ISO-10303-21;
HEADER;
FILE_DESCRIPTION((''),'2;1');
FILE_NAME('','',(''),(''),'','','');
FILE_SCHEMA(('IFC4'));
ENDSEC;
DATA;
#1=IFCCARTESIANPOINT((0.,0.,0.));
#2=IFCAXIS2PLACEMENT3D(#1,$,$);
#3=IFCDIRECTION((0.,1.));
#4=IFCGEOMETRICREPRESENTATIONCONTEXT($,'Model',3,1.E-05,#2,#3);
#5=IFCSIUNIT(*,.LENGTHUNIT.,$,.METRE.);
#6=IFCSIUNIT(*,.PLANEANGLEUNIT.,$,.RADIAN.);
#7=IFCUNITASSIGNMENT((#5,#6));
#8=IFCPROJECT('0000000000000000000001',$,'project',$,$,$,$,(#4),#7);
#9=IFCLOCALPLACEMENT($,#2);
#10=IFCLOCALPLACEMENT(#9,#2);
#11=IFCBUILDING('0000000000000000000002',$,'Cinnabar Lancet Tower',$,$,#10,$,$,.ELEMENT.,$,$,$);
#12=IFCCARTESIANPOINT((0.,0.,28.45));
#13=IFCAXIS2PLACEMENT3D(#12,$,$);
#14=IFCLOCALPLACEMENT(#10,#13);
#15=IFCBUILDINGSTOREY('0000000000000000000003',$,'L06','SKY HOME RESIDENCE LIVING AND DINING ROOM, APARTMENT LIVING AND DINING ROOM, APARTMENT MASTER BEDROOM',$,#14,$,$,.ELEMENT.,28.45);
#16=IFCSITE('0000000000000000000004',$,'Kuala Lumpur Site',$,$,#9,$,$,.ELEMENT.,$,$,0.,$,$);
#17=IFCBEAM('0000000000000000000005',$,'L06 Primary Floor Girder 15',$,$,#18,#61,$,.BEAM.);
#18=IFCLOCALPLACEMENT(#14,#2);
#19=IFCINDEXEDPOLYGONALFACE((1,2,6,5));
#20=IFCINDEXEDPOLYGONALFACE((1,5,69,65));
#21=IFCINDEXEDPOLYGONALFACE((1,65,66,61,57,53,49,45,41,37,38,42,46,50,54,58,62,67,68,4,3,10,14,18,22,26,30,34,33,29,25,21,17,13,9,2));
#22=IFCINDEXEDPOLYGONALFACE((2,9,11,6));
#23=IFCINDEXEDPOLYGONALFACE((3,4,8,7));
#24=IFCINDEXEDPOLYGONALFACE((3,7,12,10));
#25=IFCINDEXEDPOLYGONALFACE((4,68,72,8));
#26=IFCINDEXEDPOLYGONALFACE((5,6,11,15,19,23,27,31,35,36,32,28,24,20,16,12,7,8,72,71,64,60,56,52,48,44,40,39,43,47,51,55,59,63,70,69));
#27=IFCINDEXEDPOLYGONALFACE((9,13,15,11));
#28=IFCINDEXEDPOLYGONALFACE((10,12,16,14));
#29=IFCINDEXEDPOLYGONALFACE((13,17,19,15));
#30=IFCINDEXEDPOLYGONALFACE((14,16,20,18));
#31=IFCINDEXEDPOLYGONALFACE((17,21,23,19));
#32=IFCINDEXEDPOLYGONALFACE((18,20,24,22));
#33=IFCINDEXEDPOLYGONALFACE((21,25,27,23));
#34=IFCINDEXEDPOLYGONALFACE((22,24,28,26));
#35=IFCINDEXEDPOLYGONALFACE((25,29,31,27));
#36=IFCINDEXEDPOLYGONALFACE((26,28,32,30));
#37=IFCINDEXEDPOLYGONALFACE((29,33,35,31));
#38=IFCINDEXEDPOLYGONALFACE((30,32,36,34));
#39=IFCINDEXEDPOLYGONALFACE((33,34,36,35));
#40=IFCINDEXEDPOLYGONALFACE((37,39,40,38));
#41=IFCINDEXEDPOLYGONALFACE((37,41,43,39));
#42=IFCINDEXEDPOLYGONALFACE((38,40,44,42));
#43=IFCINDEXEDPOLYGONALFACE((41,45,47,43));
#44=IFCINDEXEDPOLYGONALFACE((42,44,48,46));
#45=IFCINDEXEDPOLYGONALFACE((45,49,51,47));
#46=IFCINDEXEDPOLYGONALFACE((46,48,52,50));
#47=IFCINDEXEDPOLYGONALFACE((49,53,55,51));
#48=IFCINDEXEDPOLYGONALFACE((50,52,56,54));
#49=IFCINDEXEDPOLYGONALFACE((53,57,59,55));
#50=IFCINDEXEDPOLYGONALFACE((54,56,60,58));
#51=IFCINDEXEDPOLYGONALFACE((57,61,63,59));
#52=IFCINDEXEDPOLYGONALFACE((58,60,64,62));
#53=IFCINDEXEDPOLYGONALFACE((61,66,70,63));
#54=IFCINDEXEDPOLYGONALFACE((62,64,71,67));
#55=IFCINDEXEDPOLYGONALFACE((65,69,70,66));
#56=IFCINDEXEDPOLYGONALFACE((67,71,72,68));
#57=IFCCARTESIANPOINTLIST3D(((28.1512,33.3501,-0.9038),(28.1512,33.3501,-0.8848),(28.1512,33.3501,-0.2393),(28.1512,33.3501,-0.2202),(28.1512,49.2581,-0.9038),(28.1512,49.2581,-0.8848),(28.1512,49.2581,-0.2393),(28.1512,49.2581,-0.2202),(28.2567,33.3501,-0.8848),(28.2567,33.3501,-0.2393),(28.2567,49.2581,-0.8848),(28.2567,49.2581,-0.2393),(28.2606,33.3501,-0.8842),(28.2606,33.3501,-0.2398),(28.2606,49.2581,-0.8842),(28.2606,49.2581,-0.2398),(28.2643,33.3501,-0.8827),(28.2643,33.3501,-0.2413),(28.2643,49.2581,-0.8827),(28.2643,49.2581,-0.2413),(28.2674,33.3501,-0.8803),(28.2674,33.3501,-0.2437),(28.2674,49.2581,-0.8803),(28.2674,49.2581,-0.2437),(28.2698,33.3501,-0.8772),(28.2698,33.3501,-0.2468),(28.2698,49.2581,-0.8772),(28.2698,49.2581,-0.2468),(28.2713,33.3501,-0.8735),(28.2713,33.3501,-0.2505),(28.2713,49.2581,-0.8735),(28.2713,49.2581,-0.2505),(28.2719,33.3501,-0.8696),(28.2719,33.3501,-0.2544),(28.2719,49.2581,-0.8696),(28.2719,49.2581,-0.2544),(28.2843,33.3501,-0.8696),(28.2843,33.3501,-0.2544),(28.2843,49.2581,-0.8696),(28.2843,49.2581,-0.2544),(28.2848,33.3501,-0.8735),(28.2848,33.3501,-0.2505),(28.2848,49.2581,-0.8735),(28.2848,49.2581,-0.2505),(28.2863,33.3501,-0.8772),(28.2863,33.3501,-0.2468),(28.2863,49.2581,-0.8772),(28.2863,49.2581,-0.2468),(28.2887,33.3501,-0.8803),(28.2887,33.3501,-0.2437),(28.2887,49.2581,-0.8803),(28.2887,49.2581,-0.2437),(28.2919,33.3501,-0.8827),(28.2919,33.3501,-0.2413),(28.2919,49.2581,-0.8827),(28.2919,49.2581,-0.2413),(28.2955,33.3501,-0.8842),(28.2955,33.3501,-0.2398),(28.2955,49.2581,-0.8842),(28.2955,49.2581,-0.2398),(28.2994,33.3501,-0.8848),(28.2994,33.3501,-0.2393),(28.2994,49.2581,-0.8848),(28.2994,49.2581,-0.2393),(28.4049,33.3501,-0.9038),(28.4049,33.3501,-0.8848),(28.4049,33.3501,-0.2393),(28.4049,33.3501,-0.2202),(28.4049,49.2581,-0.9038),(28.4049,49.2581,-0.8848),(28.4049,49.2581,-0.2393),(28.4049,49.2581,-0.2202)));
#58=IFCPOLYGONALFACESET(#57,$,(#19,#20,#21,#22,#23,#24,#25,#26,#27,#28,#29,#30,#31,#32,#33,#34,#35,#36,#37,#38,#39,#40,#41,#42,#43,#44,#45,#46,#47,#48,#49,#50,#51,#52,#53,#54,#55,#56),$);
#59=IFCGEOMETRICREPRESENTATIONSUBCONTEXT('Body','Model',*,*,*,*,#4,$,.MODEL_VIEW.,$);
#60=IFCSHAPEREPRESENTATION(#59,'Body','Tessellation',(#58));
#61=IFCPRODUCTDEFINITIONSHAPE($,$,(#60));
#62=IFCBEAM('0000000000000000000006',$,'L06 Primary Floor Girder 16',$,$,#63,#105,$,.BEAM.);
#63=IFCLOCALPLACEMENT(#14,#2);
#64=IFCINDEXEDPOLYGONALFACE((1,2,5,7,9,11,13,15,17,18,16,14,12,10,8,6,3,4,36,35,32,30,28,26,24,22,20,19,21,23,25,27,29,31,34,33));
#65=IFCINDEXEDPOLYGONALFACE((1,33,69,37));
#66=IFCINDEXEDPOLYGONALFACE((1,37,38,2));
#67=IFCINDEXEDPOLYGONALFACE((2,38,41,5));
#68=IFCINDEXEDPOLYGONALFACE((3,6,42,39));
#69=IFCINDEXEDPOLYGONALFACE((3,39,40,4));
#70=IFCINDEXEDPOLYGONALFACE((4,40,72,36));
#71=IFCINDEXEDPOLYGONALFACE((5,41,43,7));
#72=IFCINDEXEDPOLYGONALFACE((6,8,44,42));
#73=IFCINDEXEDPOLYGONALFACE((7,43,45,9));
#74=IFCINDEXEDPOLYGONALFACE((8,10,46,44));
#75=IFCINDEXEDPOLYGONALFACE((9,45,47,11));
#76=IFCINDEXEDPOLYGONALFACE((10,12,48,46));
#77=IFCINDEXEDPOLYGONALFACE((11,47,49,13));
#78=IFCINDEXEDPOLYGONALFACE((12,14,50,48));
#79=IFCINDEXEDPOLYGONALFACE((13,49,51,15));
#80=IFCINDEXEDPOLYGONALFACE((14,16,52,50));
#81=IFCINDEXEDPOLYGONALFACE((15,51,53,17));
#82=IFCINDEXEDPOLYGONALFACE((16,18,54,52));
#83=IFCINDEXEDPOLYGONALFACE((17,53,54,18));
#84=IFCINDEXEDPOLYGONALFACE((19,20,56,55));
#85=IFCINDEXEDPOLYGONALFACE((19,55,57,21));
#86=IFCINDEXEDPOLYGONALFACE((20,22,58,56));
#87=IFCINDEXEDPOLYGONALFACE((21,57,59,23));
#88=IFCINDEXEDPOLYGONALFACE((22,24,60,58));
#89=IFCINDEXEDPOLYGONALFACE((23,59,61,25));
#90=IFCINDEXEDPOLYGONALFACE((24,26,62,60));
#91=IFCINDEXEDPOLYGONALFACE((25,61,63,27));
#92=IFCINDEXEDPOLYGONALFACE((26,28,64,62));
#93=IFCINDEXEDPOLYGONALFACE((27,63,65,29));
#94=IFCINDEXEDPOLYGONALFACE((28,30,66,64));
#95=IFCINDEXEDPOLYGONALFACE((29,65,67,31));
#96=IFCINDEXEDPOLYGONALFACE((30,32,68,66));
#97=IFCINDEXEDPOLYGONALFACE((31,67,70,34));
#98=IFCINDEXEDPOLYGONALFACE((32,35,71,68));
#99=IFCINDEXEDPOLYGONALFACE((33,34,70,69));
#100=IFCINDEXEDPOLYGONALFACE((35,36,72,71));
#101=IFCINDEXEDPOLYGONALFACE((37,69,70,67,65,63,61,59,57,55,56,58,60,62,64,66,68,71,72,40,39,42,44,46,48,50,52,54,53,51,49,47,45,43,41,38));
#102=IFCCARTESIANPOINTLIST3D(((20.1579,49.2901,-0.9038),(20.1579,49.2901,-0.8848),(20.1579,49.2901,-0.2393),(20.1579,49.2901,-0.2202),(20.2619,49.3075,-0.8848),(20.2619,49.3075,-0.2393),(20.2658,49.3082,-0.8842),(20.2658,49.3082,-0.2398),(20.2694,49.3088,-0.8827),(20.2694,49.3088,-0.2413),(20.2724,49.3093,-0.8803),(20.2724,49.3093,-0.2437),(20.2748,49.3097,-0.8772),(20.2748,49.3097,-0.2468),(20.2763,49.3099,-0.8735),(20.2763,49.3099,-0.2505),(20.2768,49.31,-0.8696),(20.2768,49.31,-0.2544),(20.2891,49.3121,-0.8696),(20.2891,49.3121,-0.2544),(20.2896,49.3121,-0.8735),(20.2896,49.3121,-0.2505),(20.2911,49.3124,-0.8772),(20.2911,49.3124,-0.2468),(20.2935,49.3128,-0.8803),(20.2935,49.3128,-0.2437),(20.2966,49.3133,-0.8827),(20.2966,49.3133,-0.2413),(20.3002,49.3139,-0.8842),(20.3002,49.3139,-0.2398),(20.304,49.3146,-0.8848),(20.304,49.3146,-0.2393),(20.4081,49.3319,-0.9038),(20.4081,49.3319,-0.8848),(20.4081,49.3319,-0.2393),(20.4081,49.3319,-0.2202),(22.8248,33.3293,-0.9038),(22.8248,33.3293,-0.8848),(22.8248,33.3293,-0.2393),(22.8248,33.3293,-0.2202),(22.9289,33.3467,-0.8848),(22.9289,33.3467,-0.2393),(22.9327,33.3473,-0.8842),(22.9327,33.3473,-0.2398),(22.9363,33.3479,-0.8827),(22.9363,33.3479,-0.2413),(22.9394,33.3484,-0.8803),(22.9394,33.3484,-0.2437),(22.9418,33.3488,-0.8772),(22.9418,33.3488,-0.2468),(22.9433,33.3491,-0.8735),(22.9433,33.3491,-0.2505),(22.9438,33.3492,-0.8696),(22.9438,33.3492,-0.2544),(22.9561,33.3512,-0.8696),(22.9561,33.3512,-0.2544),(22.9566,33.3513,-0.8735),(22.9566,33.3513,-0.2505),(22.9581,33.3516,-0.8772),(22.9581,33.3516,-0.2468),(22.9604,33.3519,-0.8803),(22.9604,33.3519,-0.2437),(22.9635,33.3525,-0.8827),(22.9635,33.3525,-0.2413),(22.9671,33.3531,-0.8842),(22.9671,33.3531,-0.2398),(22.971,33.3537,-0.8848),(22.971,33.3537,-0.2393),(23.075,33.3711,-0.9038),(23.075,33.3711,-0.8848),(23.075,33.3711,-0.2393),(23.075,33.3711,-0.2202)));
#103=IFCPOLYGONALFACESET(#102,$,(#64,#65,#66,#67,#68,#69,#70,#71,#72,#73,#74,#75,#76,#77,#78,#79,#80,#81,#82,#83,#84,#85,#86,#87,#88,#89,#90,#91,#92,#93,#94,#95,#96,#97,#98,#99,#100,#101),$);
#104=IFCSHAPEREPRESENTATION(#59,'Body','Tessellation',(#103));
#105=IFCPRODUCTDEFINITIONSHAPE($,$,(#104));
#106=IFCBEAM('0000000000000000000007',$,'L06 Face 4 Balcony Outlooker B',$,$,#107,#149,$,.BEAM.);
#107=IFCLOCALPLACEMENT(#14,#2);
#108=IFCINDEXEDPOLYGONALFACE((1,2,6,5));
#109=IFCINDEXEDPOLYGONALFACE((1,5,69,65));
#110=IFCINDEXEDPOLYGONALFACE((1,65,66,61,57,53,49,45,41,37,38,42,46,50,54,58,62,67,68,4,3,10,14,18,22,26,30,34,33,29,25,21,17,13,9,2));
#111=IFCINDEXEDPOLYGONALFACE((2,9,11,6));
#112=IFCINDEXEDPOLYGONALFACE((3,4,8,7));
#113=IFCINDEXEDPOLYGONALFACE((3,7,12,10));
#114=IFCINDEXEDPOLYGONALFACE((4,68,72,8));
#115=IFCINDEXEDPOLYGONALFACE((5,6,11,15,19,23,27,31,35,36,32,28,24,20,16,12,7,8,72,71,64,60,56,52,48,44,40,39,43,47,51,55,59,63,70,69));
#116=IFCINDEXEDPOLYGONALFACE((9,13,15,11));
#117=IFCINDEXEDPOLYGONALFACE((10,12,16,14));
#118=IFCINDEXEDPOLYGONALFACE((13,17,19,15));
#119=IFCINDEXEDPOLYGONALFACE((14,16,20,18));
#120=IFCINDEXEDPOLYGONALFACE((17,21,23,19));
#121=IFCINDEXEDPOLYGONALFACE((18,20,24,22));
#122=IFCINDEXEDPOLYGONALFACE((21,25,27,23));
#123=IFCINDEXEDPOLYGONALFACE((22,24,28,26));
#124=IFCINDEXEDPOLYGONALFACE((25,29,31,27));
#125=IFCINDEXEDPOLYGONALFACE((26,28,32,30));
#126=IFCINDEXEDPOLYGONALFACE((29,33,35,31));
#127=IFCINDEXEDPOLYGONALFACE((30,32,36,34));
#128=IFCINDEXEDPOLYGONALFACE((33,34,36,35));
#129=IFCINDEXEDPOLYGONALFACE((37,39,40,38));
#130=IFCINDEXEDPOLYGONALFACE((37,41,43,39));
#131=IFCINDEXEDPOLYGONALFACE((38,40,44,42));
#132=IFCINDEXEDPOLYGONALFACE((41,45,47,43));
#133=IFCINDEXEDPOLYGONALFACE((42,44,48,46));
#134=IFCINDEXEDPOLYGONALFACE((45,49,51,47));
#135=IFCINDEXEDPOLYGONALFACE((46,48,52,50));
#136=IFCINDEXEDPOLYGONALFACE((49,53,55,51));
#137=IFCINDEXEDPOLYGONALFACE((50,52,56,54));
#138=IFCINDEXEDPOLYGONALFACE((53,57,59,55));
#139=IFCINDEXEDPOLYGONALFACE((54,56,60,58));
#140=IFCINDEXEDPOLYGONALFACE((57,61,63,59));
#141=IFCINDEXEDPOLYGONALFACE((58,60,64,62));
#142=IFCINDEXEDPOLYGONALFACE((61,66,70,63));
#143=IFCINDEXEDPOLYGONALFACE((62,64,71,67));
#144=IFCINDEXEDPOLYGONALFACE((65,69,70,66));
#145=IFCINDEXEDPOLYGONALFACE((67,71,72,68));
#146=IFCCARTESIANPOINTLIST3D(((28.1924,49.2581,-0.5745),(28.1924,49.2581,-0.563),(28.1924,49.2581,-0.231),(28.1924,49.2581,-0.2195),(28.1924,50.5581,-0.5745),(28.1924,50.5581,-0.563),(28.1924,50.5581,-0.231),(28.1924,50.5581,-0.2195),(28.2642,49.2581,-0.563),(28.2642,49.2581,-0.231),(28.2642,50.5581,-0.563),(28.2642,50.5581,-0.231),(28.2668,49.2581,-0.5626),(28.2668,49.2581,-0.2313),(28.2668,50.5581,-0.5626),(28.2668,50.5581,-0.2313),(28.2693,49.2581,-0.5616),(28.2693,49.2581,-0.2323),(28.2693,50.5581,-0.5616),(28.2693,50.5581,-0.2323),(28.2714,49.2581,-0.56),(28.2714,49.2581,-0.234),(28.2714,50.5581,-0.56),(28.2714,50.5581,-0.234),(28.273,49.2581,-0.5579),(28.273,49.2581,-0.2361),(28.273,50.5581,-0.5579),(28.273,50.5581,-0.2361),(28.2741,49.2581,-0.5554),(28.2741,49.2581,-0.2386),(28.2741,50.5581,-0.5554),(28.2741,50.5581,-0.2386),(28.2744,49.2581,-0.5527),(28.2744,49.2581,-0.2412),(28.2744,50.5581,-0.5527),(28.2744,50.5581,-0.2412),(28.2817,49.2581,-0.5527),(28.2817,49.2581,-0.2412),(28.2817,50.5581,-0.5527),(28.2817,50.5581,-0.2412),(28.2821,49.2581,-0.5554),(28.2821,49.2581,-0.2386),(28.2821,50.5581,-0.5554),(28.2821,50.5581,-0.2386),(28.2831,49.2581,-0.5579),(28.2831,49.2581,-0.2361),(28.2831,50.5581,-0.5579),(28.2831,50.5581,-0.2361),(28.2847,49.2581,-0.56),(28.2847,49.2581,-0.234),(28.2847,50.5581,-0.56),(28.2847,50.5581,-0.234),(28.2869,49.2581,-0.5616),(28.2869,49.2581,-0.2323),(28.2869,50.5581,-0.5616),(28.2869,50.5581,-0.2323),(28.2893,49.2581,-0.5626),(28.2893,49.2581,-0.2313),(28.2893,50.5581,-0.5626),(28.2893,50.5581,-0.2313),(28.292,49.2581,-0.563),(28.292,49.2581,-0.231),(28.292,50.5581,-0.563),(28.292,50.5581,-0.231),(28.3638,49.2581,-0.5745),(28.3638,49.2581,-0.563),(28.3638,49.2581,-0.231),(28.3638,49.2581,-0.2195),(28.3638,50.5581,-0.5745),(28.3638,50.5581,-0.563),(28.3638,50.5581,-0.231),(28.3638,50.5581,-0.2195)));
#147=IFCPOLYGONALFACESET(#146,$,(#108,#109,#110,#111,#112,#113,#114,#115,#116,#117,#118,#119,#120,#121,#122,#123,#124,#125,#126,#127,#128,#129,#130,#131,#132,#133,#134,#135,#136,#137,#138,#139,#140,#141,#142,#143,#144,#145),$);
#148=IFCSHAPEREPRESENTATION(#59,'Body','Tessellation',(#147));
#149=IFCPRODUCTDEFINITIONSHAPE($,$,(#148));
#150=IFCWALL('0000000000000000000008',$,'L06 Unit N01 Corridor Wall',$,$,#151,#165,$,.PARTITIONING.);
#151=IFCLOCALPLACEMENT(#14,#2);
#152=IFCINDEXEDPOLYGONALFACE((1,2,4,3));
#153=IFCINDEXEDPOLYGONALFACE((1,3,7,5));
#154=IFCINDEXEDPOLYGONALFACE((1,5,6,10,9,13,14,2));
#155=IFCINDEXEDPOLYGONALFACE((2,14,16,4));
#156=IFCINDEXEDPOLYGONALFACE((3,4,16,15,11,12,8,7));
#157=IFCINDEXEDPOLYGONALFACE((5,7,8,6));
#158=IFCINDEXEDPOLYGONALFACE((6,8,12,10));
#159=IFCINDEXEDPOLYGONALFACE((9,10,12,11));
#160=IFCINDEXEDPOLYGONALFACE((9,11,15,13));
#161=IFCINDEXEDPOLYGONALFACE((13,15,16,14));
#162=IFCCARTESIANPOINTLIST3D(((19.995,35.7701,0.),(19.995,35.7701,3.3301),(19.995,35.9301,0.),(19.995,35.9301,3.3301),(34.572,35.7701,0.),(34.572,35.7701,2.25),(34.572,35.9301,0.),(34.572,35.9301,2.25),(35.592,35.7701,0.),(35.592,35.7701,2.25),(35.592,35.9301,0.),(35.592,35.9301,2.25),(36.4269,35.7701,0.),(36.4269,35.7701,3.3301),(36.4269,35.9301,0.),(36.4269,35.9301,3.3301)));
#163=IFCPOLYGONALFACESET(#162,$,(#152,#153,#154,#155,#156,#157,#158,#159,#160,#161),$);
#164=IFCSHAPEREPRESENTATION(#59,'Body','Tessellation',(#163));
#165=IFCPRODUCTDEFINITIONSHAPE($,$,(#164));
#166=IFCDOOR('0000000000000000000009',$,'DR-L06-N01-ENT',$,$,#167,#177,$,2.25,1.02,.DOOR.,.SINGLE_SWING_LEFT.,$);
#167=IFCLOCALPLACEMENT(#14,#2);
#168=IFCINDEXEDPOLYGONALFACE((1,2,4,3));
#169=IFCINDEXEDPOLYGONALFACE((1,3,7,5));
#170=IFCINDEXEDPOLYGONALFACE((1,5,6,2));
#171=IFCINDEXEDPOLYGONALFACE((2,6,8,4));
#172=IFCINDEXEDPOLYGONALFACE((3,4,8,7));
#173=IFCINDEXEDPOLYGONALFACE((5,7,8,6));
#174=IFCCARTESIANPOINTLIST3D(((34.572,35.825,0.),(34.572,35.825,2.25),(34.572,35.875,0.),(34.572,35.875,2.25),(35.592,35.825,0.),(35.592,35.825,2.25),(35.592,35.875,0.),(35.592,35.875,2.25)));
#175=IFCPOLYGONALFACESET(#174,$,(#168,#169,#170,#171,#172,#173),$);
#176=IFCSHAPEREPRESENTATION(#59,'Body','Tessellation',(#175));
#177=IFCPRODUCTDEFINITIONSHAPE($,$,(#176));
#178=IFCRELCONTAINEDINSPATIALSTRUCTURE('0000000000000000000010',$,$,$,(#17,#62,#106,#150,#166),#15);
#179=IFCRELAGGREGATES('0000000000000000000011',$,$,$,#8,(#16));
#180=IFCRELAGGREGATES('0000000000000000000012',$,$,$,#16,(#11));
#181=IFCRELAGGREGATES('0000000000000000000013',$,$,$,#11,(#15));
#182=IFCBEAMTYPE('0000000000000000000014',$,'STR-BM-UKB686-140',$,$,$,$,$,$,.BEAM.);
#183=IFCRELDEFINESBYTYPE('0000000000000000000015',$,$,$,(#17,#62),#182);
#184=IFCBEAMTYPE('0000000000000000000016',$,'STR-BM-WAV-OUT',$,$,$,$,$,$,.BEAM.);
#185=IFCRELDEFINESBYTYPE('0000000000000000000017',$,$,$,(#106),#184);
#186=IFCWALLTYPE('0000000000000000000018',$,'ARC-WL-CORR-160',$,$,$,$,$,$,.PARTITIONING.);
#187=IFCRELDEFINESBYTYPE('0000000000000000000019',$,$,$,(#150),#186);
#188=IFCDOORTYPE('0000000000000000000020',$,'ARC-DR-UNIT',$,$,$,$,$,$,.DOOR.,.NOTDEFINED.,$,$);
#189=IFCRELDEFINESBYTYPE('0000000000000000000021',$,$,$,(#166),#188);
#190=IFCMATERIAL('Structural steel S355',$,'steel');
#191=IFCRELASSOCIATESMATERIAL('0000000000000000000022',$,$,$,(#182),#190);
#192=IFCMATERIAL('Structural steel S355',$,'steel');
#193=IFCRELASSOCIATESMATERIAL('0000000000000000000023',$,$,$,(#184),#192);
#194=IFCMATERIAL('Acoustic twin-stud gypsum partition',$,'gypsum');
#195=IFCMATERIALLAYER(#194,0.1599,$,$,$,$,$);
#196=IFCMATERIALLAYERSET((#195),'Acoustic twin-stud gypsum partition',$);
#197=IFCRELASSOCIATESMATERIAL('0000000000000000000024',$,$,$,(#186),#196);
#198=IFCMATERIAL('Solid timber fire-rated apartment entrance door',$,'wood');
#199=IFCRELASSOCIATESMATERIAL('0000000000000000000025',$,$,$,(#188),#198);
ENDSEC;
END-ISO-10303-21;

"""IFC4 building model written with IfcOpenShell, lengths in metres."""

from ifc_helpers import new_model, si_unit, direction, frame, frame_2d, origin, origin_2d, place, context, subcontext, project, spatial, rectangle, i_section, extrude, material, layer, layer_set, material_profile, profile_set, type_object, element, fill, save


model = new_model("IFC4")

# Units and contexts
model_context = context("Model", 3, precision=1e-05, world=origin(), true_north=direction((0.0, 1.0)))
body_context = subcontext(model_context, "Body", "Model", "MODEL_VIEW")
ifc_project = project(units=[si_unit("LENGTHUNIT", "METRE"), si_unit("PLANEANGLEUNIT", "RADIAN")], contexts=[model_context])

# Site, building, storey
site_placement = place(None, origin())
site = spatial("IfcSite", under=ifc_project, at=site_placement, Name="Kuala Lumpur Site", CompositionType="ELEMENT", RefElevation=0.0)
building_placement = place(site_placement, origin())
building = spatial("IfcBuilding", under=site, at=building_placement, Name="Cinnabar Lancet Tower", CompositionType="ELEMENT")
storey_placement = place(building_placement, frame((0.0, 0.0, 28.45)))
storey = spatial("IfcBuildingStorey", under=building, at=storey_placement, Name="L06", Description="SKY HOME RESIDENCE LIVING AND DINING ROOM, APARTMENT LIVING AND DINING ROOM, APARTMENT MASTER BEDROOM", CompositionType="ELEMENT", Elevation=28.45)

# Beams
ifc_material_1 = material(Name="Structural steel S355", Category="steel")
ifc_material_profile_1 = material_profile(ifc_material_1, i_section(OverallWidth=0.2537, OverallDepth=0.6836, WebThickness=0.0125, FlangeThickness=0.019, FilletRadius=0.0151, at=origin_2d()), Name="UKB 686x254x140")
ifc_profile_set_1 = profile_set([ifc_material_profile_1], Name="Structural steel S355")
beam_type_1 = type_object("IfcBeamType", Name="STR-BM-UKB686-140", PredefinedType="BEAM", material=ifc_profile_set_1)
beam_1_placement = place(storey_placement, frame((28.2781, 49.2581, -0.562), z_axis=(0.0, -1.0, 0.0), x_axis=(1.0, 0.0, 0.0)))
element("IfcBeam", 1, at=beam_1_placement, inside=storey, type_object=beam_type_1, Name="L06 Primary Floor Girder 15", PredefinedType="BEAM", context=body_context, shape_type="SweptSolid", body=[
    extrude(i_section(OverallWidth=0.2537, OverallDepth=0.6836, WebThickness=0.0125, FlangeThickness=0.019, FilletRadius=0.0151, at=origin_2d()), origin(), (0.0, 0.0, 1.0), 15.908),
])
beam_2_placement = place(storey_placement, frame((20.283, 49.311, -0.562), z_axis=(0.16481, -0.986325, 0.0), x_axis=(0.986325, 0.16481, 0.0)))
element("IfcBeam", 2, at=beam_2_placement, inside=storey, type_object=beam_type_1, Name="L06 Primary Floor Girder 16", PredefinedType="BEAM", context=body_context, shape_type="SweptSolid", body=[
    extrude(i_section(OverallWidth=0.2537, OverallDepth=0.6836, WebThickness=0.0125, FlangeThickness=0.019, FilletRadius=0.0151, at=origin_2d()), origin(), (0.0, 0.0, 1.0), 16.1821),
])
ifc_material_2 = material(Name="Structural steel S355", Category="steel")
ifc_material_profile_2 = material_profile(ifc_material_2, i_section(OverallWidth=0.1714, OverallDepth=0.355, WebThickness=0.0073, FlangeThickness=0.0115, FilletRadius=0.0103, at=origin_2d()), Name="UKB 356x171x51")
ifc_profile_set_2 = profile_set([ifc_material_profile_2], Name="Structural steel S355")
beam_type_2 = type_object("IfcBeamType", Name="STR-BM-WAV-OUT", PredefinedType="BEAM", material=ifc_profile_set_2)
beam_3_placement = place(storey_placement, frame((28.2781, 49.2581, -0.397), z_axis=(0.0, 1.0, 0.0), x_axis=(-1.0, 0.0, 0.0)))
element("IfcBeam", 3, at=beam_3_placement, inside=storey, type_object=beam_type_2, Name="L06 Face 4 Balcony Outlooker B", PredefinedType="BEAM", context=body_context, shape_type="SweptSolid", body=[
    extrude(i_section(OverallWidth=0.1714, OverallDepth=0.355, WebThickness=0.0073, FlangeThickness=0.0115, FilletRadius=0.0103, at=origin_2d()), origin(), (0.0, 0.0, 1.0), 1.3),
])

# Wall, opening, door
ifc_material_3 = material(Name="Acoustic twin-stud gypsum partition", Category="gypsum")
ifc_layer_1 = layer(ifc_material_3, 0.1599)
ifc_layer_set_1 = layer_set([ifc_layer_1], Name="Acoustic twin-stud gypsum partition")
wall_type_1 = type_object("IfcWallType", Name="ARC-WL-CORR-160", PredefinedType="PARTITIONING", material=ifc_layer_set_1)
wall_1_placement = place(storey_placement, frame((19.9951, 35.8501, 0.0), z_axis=(0.0, 0.0, 1.0), x_axis=(1.0, 0.0, 0.0)))
wall_1 = element("IfcWall", 4, at=wall_1_placement, inside=storey, type_object=wall_type_1, Name="L06 Unit N01 Corridor Wall", PredefinedType="PARTITIONING", context=body_context, shape_type="SweptSolid", body=[
    extrude(rectangle(XDim=16.4319, YDim=0.1599, at=frame_2d((8.2158, 0.0))), origin(), (0.0, 0.0, 1.0), 3.3301),
])
opening_1_placement = place(wall_1_placement, frame((14.5769, 0.0, 0.0)))
opening_1 = element("IfcOpeningElement", 5, at=opening_1_placement, cuts=wall_1, PredefinedType="OPENING", context=body_context, shape_type="SweptSolid", body=[
    extrude(rectangle(XDim=1.02, YDim=2.25, at=frame_2d((0.51, 1.125))), frame((0.0, 0.0898, 0.0), z_axis=(0.0, -1.0, 0.0), x_axis=(1.0, 0.0, 0.0)), (0.0, 0.0, 1.0), 0.1799),
])
ifc_material_4 = material(Name="Solid timber fire-rated apartment entrance door", Category="wood")
door_type_1 = type_object("IfcDoorType", Name="ARC-DR-UNIT", OperationType="NOTDEFINED", PredefinedType="DOOR", material=ifc_material_4)
door_1_placement = place(opening_1_placement, origin())
door_1 = element("IfcDoor", 6, at=door_1_placement, inside=storey, type_object=door_type_1, Name="DR-L06-N01-ENT", OperationType="SINGLE_SWING_LEFT", OverallHeight=2.25, OverallWidth=1.02, PredefinedType="DOOR", context=body_context, shape_type="SweptSolid", body=[
    extrude(rectangle(XDim=1.02, YDim=2.25, at=frame_2d((0.51, 1.125))), frame((0.0, 0.0249, 0.0), z_axis=(0.0, -1.0, 0.0), x_axis=(1.0, 0.0, 0.0)), (0.0, 0.0, 1.0), 0.05),
])
fill(opening_1, door_1)

save(model, "model.ifc")
